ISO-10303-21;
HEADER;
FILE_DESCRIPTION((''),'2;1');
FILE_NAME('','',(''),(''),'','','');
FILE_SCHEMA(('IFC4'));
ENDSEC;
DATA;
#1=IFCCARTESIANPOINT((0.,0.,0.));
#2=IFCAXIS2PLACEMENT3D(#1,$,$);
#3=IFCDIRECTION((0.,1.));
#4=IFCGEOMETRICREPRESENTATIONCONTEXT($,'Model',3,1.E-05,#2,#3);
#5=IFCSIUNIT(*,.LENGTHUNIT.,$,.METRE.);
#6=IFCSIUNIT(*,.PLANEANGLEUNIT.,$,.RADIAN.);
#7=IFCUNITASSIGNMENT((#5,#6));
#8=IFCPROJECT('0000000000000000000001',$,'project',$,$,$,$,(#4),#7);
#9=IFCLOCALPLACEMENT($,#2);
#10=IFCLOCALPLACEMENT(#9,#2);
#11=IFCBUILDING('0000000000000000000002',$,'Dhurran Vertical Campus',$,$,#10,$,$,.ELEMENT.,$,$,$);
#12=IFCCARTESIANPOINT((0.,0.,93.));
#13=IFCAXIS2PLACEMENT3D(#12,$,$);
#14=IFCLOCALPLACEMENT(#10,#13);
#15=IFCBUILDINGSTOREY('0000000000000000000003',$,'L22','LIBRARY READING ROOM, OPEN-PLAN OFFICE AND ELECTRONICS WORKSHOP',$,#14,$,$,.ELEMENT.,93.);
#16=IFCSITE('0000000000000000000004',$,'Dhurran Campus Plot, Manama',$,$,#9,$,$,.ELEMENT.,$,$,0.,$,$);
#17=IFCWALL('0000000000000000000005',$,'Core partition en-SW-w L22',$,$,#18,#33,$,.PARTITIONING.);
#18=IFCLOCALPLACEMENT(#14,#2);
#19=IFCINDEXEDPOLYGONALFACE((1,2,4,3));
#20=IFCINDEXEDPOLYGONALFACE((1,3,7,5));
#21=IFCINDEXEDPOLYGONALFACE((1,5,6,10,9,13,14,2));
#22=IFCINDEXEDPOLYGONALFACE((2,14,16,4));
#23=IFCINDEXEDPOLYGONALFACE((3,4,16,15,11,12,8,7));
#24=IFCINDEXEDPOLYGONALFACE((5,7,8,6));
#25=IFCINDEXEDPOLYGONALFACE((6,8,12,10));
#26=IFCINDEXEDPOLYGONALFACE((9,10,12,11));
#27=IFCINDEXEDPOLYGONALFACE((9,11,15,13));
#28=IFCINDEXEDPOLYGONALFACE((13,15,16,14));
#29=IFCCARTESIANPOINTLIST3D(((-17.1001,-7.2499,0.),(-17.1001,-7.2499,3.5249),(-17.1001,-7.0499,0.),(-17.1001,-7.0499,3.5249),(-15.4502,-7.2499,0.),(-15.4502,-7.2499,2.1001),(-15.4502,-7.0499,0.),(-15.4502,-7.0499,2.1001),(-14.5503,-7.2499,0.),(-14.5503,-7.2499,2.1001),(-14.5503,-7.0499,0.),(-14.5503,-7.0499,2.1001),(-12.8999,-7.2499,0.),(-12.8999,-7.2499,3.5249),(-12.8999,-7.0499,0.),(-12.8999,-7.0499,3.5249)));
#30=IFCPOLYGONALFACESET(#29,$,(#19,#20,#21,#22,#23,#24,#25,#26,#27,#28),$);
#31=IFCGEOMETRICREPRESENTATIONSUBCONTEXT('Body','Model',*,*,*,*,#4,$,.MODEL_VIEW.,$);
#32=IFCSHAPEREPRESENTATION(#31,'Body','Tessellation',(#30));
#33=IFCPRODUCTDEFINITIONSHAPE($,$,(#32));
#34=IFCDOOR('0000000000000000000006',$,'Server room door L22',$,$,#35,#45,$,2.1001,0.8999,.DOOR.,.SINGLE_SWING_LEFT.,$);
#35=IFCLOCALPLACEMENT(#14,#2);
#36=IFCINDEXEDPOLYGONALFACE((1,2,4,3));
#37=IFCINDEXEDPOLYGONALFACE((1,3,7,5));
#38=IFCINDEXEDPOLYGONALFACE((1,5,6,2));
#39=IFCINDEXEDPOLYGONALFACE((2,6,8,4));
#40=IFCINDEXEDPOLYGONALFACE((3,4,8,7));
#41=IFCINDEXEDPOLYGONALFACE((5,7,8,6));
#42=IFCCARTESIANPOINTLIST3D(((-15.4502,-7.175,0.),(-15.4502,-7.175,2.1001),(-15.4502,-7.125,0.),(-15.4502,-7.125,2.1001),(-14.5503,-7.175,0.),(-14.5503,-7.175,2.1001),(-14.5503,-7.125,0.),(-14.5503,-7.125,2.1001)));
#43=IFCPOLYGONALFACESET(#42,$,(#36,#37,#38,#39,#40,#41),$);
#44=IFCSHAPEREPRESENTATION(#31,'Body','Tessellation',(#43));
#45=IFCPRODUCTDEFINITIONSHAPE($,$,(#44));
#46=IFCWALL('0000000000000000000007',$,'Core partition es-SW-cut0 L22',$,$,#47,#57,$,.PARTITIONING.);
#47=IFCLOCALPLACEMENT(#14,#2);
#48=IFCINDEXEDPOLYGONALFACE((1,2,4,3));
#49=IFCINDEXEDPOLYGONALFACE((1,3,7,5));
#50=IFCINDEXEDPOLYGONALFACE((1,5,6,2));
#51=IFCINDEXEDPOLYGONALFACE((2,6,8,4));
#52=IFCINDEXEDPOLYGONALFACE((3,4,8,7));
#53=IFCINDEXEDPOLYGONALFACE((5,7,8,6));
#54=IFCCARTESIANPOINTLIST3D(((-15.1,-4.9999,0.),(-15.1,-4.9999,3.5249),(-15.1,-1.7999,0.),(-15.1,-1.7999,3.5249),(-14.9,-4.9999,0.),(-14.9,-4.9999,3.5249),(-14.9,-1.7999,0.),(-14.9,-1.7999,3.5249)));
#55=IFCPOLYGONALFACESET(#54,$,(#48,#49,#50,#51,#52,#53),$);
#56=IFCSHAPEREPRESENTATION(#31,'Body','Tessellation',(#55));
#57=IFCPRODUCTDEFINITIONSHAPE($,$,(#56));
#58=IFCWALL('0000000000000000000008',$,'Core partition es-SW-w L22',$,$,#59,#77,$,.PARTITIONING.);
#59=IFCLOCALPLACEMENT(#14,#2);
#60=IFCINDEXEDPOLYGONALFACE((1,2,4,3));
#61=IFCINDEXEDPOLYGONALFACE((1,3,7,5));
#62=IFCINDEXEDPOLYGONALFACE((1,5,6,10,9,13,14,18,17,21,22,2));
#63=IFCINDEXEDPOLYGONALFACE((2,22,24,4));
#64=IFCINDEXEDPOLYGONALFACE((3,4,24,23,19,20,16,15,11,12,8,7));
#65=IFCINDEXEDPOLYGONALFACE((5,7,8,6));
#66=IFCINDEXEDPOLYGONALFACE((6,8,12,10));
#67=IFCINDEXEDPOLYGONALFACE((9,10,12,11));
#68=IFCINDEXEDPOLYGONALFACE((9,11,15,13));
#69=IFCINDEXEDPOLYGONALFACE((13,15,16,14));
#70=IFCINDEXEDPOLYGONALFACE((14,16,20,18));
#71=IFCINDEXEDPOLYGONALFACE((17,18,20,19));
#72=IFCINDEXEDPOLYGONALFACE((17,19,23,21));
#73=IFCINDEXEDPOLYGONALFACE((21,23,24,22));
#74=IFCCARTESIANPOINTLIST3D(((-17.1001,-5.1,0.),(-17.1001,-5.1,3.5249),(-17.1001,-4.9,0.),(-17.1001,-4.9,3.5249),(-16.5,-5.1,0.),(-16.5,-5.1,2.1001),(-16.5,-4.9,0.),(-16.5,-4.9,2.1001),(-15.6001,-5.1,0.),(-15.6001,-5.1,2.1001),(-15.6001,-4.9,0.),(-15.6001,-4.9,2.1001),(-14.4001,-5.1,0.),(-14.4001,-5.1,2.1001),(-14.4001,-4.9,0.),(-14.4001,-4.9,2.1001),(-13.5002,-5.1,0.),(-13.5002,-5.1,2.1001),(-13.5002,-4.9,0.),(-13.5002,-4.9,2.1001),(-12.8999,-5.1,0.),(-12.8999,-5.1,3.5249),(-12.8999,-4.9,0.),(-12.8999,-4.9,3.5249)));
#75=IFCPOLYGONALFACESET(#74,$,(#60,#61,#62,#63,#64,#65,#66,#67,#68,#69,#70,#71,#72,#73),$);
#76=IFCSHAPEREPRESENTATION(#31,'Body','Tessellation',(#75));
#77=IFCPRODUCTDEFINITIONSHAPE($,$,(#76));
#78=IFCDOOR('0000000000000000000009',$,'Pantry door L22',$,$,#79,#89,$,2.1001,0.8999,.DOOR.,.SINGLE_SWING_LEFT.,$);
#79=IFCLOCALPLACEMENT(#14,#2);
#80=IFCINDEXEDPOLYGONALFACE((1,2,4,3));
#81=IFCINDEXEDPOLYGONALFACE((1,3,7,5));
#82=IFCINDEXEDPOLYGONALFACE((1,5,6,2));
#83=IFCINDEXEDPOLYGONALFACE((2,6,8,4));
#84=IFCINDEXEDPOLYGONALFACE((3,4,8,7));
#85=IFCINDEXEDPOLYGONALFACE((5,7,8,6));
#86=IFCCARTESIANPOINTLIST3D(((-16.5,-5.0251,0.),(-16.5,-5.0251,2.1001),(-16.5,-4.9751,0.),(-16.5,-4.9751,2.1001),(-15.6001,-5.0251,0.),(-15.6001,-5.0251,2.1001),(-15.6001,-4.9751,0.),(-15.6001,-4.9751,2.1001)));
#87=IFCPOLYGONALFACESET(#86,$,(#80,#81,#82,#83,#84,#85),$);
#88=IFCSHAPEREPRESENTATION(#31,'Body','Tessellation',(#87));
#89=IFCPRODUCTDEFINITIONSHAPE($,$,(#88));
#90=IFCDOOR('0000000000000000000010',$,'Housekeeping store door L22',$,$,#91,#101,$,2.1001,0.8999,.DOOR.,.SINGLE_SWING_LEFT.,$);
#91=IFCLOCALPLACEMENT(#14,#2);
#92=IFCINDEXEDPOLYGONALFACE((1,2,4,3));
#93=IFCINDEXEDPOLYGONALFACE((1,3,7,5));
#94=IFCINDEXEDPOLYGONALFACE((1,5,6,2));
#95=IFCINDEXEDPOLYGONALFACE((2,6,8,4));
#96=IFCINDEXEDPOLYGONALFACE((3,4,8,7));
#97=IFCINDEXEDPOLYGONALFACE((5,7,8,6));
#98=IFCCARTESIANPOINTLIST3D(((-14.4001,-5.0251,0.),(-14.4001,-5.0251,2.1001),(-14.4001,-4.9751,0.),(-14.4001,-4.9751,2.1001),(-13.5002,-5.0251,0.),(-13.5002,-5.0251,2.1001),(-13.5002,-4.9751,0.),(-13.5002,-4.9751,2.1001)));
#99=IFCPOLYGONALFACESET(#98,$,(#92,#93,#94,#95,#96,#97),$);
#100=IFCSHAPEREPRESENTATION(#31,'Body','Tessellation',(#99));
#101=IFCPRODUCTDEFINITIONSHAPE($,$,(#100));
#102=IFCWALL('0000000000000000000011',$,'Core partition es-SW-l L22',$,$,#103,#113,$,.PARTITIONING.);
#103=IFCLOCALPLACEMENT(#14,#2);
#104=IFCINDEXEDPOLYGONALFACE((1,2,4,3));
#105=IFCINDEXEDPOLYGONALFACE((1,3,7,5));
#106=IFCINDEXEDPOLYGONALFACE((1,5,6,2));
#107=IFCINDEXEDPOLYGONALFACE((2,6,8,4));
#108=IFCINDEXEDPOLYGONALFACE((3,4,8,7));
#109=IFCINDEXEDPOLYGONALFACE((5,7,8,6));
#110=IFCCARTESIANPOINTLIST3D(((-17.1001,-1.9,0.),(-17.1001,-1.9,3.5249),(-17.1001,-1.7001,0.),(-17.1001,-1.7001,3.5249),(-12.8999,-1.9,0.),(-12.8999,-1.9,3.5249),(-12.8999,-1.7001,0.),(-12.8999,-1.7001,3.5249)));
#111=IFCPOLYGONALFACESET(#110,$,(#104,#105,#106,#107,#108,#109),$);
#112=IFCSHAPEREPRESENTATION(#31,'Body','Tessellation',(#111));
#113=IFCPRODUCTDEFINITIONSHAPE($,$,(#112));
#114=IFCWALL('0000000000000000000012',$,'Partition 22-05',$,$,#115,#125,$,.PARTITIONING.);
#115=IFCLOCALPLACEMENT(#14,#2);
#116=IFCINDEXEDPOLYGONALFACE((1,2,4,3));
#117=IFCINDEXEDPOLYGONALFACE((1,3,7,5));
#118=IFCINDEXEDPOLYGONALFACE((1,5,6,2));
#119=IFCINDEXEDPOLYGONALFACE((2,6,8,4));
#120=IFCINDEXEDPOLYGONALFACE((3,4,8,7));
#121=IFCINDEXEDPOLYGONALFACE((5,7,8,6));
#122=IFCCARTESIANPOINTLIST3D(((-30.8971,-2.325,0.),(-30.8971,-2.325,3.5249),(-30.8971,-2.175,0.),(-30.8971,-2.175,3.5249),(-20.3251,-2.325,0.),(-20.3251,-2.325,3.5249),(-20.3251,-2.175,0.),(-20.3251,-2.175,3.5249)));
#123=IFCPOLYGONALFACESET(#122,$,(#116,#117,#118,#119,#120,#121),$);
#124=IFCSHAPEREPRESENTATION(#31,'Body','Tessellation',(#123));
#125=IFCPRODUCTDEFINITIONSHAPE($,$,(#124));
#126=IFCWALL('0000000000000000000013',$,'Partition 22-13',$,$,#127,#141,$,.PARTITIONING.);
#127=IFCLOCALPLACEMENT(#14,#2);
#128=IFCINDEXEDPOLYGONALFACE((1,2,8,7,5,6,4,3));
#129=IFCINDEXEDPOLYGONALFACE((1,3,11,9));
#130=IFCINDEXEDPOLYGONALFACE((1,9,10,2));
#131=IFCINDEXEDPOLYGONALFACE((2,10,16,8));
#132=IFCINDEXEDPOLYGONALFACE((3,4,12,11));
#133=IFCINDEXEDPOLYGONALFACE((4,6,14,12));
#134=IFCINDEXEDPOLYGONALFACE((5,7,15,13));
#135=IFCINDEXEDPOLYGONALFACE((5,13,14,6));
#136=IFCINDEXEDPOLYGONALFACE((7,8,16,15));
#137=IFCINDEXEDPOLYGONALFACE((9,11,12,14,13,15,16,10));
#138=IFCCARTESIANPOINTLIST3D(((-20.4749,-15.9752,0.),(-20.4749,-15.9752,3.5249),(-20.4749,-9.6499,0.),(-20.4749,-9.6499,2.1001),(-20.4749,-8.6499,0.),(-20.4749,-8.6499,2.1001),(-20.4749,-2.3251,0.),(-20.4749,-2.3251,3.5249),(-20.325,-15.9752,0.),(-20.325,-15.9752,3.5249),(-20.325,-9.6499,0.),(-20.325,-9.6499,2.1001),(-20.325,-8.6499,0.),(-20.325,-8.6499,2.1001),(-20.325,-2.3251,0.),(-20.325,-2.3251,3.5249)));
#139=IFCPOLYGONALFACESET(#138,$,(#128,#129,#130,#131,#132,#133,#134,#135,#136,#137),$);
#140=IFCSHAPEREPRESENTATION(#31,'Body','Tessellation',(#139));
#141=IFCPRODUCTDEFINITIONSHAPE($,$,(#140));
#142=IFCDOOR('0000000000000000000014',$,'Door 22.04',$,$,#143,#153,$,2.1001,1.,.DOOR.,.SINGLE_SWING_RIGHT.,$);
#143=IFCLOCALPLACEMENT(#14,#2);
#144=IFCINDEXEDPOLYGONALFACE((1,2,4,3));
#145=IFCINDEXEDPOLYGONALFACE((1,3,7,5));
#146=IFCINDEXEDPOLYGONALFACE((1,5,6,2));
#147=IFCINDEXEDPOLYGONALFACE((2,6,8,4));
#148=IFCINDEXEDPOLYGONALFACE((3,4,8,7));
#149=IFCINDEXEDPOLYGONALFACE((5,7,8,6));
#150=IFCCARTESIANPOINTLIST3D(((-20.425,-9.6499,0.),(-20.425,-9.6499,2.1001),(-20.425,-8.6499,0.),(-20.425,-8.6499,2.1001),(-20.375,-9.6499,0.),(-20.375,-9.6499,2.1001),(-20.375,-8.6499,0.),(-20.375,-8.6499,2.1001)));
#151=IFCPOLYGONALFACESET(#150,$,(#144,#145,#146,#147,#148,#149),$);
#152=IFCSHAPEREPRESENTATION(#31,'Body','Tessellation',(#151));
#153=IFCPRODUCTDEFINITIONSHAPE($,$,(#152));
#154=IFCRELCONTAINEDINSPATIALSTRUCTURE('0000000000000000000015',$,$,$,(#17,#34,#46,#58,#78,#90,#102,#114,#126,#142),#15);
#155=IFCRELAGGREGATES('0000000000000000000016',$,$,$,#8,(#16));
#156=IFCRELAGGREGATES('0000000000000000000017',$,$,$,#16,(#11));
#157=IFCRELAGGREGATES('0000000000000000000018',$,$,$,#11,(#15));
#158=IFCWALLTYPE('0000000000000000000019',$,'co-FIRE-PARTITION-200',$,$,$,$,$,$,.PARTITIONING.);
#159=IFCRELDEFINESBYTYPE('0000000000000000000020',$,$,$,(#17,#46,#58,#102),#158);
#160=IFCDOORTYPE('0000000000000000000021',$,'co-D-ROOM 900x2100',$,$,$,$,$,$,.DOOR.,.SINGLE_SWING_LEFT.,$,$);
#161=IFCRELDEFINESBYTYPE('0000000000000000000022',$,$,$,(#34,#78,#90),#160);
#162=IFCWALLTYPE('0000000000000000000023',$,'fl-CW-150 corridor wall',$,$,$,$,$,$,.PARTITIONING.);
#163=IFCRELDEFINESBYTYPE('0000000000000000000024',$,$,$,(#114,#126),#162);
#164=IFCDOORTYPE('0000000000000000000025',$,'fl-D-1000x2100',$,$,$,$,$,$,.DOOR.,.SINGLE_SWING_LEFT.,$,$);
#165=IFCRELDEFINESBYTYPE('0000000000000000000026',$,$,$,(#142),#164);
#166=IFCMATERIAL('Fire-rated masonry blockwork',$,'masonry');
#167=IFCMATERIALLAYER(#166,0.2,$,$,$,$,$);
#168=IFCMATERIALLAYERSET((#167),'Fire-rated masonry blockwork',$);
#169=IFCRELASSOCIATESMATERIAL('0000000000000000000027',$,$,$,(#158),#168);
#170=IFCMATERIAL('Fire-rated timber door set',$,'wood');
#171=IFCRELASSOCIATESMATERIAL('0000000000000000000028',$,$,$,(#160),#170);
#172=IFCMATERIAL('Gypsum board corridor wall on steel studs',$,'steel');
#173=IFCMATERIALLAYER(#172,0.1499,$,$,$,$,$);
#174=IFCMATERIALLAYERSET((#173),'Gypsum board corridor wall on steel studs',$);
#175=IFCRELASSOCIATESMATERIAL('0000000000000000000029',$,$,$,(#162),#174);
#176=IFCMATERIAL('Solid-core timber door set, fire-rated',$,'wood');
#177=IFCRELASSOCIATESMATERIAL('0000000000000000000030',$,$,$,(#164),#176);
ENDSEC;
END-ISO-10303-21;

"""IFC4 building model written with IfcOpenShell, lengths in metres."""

from ifc_helpers import new_model, si_unit, direction, frame, frame_2d, origin, place, context, subcontext, project, spatial, rectangle, extrude, material, layer, layer_set, type_object, element, fill, save


model = new_model("IFC4")

# Units and contexts
model_context = context("Model", 3, precision=1e-05, world=origin(), true_north=direction((0.0, 1.0)))
body_context = subcontext(model_context, "Body", "Model", "MODEL_VIEW")
ifc_project = project(units=[si_unit("LENGTHUNIT", "METRE"), si_unit("PLANEANGLEUNIT", "RADIAN")], contexts=[model_context])

# Site, building, storey
site_placement = place(None, origin())
site = spatial("IfcSite", under=ifc_project, at=site_placement, Name="Dhurran Campus Plot, Manama", CompositionType="ELEMENT", RefElevation=0.0)
building_placement = place(site_placement, origin())
building = spatial("IfcBuilding", under=site, at=building_placement, Name="Dhurran Vertical Campus", CompositionType="ELEMENT")
storey_placement = place(building_placement, frame((0.0, 0.0, 93.0)))
storey = spatial("IfcBuildingStorey", under=building, at=storey_placement, Name="L22", Description="LIBRARY READING ROOM, OPEN-PLAN OFFICE AND ELECTRONICS WORKSHOP", CompositionType="ELEMENT", Elevation=93.0)

# Wall, opening, door
ifc_material_1 = material(Name="Fire-rated masonry blockwork", Category="masonry")
ifc_layer_1 = layer(ifc_material_1, 0.2)
ifc_layer_set_1 = layer_set([ifc_layer_1], Name="Fire-rated masonry blockwork")
wall_type_1 = type_object("IfcWallType", Name="co-FIRE-PARTITION-200", PredefinedType="PARTITIONING", material=ifc_layer_set_1)
wall_1_placement = place(storey_placement, frame((-17.1001, -7.1499, 0.0), z_axis=(0.0, 0.0, 1.0), x_axis=(1.0, 0.0, 0.0)))
wall_1 = element("IfcWall", 1, at=wall_1_placement, inside=storey, type_object=wall_type_1, Name="Core partition en-SW-w L22", PredefinedType="PARTITIONING", context=body_context, shape_type="SweptSolid", body=[
    extrude(rectangle(XDim=4.2002, YDim=0.2, at=frame_2d((2.1001, 0.0))), origin(), (0.0, 0.0, 1.0), 3.5249),
])
opening_1_placement = place(wall_1_placement, frame((1.6499, 0.0, 0.0)))
opening_1 = element("IfcOpeningElement", 2, at=opening_1_placement, cuts=wall_1, PredefinedType="OPENING", context=body_context, shape_type="SweptSolid", body=[
    extrude(rectangle(XDim=0.8999, YDim=2.1001, at=frame_2d((0.45, 1.05))), frame((0.0, 0.1099, 0.0), z_axis=(0.0, -1.0, 0.0), x_axis=(1.0, 0.0, 0.0)), (0.0, 0.0, 1.0), 0.22),
])
ifc_material_2 = material(Name="Fire-rated timber door set", Category="wood")
door_type_1 = type_object("IfcDoorType", Name="co-D-ROOM 900x2100", OperationType="SINGLE_SWING_LEFT", PredefinedType="DOOR", material=ifc_material_2)
door_1_placement = place(opening_1_placement, origin())
door_1 = element("IfcDoor", 3, at=door_1_placement, inside=storey, type_object=door_type_1, Name="Server room door L22", OperationType="SINGLE_SWING_LEFT", OverallHeight=2.1001, OverallWidth=0.8999, PredefinedType="DOOR", context=body_context, shape_type="SweptSolid", body=[
    extrude(rectangle(XDim=0.8999, YDim=2.1001, at=frame_2d((0.45, 1.05))), frame((0.0, 0.0249, 0.0), z_axis=(0.0, -1.0, 0.0), x_axis=(1.0, 0.0, 0.0)), (0.0, 0.0, 1.0), 0.05),
])
fill(opening_1, door_1)

# Wall
wall_2_placement = place(storey_placement, frame((-15.0, -5.0, 0.0), z_axis=(0.0, 0.0, 1.0), x_axis=(0.0, 1.0, 0.0)))
element("IfcWall", 4, at=wall_2_placement, inside=storey, type_object=wall_type_1, Name="Core partition es-SW-cut0 L22", PredefinedType="PARTITIONING", context=body_context, shape_type="SweptSolid", body=[
    extrude(rectangle(XDim=3.2, YDim=0.2, at=frame_2d((1.6001, 0.0))), origin(), (0.0, 0.0, 1.0), 3.5249),
])

# Wall, openings, doors
wall_3_placement = place(storey_placement, frame((-17.1001, -5.0, 0.0), z_axis=(0.0, 0.0, 1.0), x_axis=(1.0, 0.0, 0.0)))
wall_3 = element("IfcWall", 5, at=wall_3_placement, inside=storey, type_object=wall_type_1, Name="Core partition es-SW-w L22", PredefinedType="PARTITIONING", context=body_context, shape_type="SweptSolid", body=[
    extrude(rectangle(XDim=4.2002, YDim=0.2, at=frame_2d((2.1001, 0.0))), origin(), (0.0, 0.0, 1.0), 3.5249),
])
opening_2_placement = place(wall_3_placement, frame((0.6001, 0.0, 0.0)))
opening_2 = element("IfcOpeningElement", 6, at=opening_2_placement, cuts=wall_3, PredefinedType="OPENING", context=body_context, shape_type="SweptSolid", body=[
    extrude(rectangle(XDim=0.8999, YDim=2.1001, at=frame_2d((0.45, 1.05))), frame((0.0, 0.1099, 0.0), z_axis=(0.0, -1.0, 0.0), x_axis=(1.0, 0.0, 0.0)), (0.0, 0.0, 1.0), 0.22),
])
opening_3_placement = place(wall_3_placement, frame((2.7, 0.0, 0.0)))
opening_3 = element("IfcOpeningElement", 7, at=opening_3_placement, cuts=wall_3, PredefinedType="OPENING", context=body_context, shape_type="SweptSolid", body=[
    extrude(rectangle(XDim=0.8999, YDim=2.1001, at=frame_2d((0.45, 1.05))), frame((0.0, 0.1099, 0.0), z_axis=(0.0, -1.0, 0.0), x_axis=(1.0, 0.0, 0.0)), (0.0, 0.0, 1.0), 0.22),
])
door_2_placement = place(opening_2_placement, origin())
door_2 = element("IfcDoor", 8, at=door_2_placement, inside=storey, type_object=door_type_1, Name="Pantry door L22", OperationType="SINGLE_SWING_LEFT", OverallHeight=2.1001, OverallWidth=0.8999, PredefinedType="DOOR", context=body_context, shape_type="SweptSolid", body=[
    extrude(rectangle(XDim=0.8999, YDim=2.1001, at=frame_2d((0.45, 1.05))), frame((0.0, 0.0249, 0.0), z_axis=(0.0, -1.0, 0.0), x_axis=(1.0, 0.0, 0.0)), (0.0, 0.0, 1.0), 0.05),
])
fill(opening_2, door_2)
door_3_placement = place(opening_3_placement, origin())
door_3 = element("IfcDoor", 9, at=door_3_placement, inside=storey, type_object=door_type_1, Name="Housekeeping store door L22", OperationType="SINGLE_SWING_LEFT", OverallHeight=2.1001, OverallWidth=0.8999, PredefinedType="DOOR", context=body_context, shape_type="SweptSolid", body=[
    extrude(rectangle(XDim=0.8999, YDim=2.1001, at=frame_2d((0.45, 1.05))), frame((0.0, 0.0249, 0.0), z_axis=(0.0, -1.0, 0.0), x_axis=(1.0, 0.0, 0.0)), (0.0, 0.0, 1.0), 0.05),
])
fill(opening_3, door_3)

# Walls
wall_4_placement = place(storey_placement, frame((-17.1001, -1.8, 0.0), z_axis=(0.0, 0.0, 1.0), x_axis=(1.0, 0.0, 0.0)))
element("IfcWall", 10, at=wall_4_placement, inside=storey, type_object=wall_type_1, Name="Core partition es-SW-l L22", PredefinedType="PARTITIONING", context=body_context, shape_type="SweptSolid", body=[
    extrude(rectangle(XDim=4.2002, YDim=0.2, at=frame_2d((2.1001, 0.0))), origin(), (0.0, 0.0, 1.0), 3.5249),
])
ifc_material_3 = material(Name="Gypsum board corridor wall on steel studs", Category="steel")
ifc_layer_2 = layer(ifc_material_3, 0.1499)
ifc_layer_set_2 = layer_set([ifc_layer_2], Name="Gypsum board corridor wall on steel studs")
wall_type_2 = type_object("IfcWallType", Name="fl-CW-150 corridor wall", PredefinedType="PARTITIONING", material=ifc_layer_set_2)
wall_5_placement = place(storey_placement, frame((-20.325, -2.25, 0.0), z_axis=(0.0, 0.0, 1.0), x_axis=(-1.0, 0.0, 0.0)))
element("IfcWall", 11, at=wall_5_placement, inside=storey, type_object=wall_type_2, Name="Partition 22-05", PredefinedType="PARTITIONING", context=body_context, shape_type="SweptSolid", body=[
    extrude(rectangle(XDim=10.572, YDim=0.1499, at=frame_2d((5.2861, 0.0))), origin(), (0.0, 0.0, 1.0), 3.5249),
])

# Wall, opening, door
wall_6_placement = place(storey_placement, frame((-20.3999, -2.325, 0.0), z_axis=(0.0, 0.0, 1.0), x_axis=(0.0, -1.0, 0.0)))
wall_6 = element("IfcWall", 12, at=wall_6_placement, inside=storey, type_object=wall_type_2, Name="Partition 22-13", PredefinedType="PARTITIONING", context=body_context, shape_type="SweptSolid", body=[
    extrude(rectangle(XDim=13.6501, YDim=0.1499, at=frame_2d((6.8252, 0.0))), origin(), (0.0, 0.0, 1.0), 3.5249),
])
opening_4_placement = place(wall_6_placement, frame((6.325, 0.0, 0.0)))
opening_4 = element("IfcOpeningElement", 13, at=opening_4_placement, cuts=wall_6, PredefinedType="OPENING", context=body_context, shape_type="SweptSolid", body=[
    extrude(rectangle(XDim=1.0, YDim=2.1001, at=frame_2d((0.5, 1.05))), frame((0.0, 0.085, 0.0), z_axis=(0.0, -1.0, 0.0), x_axis=(1.0, 0.0, 0.0)), (0.0, 0.0, 1.0), 0.1699),
])
ifc_material_4 = material(Name="Solid-core timber door set, fire-rated", Category="wood")
door_type_2 = type_object("IfcDoorType", Name="fl-D-1000x2100", OperationType="SINGLE_SWING_LEFT", PredefinedType="DOOR", material=ifc_material_4)
door_4_placement = place(opening_4_placement, origin())
door_4 = element("IfcDoor", 14, at=door_4_placement, inside=storey, type_object=door_type_2, Name="Door 22.04", OperationType="SINGLE_SWING_RIGHT", OverallHeight=2.1001, OverallWidth=1.0, PredefinedType="DOOR", context=body_context, shape_type="SweptSolid", body=[
    extrude(rectangle(XDim=1.0, YDim=2.1001, at=frame_2d((0.5, 1.05))), frame((0.0, 0.0249, 0.0), z_axis=(0.0, -1.0, 0.0), x_axis=(1.0, 0.0, 0.0)), (0.0, 0.0, 1.0), 0.05),
])
fill(opening_4, door_4)

save(model, "model.ifc")
